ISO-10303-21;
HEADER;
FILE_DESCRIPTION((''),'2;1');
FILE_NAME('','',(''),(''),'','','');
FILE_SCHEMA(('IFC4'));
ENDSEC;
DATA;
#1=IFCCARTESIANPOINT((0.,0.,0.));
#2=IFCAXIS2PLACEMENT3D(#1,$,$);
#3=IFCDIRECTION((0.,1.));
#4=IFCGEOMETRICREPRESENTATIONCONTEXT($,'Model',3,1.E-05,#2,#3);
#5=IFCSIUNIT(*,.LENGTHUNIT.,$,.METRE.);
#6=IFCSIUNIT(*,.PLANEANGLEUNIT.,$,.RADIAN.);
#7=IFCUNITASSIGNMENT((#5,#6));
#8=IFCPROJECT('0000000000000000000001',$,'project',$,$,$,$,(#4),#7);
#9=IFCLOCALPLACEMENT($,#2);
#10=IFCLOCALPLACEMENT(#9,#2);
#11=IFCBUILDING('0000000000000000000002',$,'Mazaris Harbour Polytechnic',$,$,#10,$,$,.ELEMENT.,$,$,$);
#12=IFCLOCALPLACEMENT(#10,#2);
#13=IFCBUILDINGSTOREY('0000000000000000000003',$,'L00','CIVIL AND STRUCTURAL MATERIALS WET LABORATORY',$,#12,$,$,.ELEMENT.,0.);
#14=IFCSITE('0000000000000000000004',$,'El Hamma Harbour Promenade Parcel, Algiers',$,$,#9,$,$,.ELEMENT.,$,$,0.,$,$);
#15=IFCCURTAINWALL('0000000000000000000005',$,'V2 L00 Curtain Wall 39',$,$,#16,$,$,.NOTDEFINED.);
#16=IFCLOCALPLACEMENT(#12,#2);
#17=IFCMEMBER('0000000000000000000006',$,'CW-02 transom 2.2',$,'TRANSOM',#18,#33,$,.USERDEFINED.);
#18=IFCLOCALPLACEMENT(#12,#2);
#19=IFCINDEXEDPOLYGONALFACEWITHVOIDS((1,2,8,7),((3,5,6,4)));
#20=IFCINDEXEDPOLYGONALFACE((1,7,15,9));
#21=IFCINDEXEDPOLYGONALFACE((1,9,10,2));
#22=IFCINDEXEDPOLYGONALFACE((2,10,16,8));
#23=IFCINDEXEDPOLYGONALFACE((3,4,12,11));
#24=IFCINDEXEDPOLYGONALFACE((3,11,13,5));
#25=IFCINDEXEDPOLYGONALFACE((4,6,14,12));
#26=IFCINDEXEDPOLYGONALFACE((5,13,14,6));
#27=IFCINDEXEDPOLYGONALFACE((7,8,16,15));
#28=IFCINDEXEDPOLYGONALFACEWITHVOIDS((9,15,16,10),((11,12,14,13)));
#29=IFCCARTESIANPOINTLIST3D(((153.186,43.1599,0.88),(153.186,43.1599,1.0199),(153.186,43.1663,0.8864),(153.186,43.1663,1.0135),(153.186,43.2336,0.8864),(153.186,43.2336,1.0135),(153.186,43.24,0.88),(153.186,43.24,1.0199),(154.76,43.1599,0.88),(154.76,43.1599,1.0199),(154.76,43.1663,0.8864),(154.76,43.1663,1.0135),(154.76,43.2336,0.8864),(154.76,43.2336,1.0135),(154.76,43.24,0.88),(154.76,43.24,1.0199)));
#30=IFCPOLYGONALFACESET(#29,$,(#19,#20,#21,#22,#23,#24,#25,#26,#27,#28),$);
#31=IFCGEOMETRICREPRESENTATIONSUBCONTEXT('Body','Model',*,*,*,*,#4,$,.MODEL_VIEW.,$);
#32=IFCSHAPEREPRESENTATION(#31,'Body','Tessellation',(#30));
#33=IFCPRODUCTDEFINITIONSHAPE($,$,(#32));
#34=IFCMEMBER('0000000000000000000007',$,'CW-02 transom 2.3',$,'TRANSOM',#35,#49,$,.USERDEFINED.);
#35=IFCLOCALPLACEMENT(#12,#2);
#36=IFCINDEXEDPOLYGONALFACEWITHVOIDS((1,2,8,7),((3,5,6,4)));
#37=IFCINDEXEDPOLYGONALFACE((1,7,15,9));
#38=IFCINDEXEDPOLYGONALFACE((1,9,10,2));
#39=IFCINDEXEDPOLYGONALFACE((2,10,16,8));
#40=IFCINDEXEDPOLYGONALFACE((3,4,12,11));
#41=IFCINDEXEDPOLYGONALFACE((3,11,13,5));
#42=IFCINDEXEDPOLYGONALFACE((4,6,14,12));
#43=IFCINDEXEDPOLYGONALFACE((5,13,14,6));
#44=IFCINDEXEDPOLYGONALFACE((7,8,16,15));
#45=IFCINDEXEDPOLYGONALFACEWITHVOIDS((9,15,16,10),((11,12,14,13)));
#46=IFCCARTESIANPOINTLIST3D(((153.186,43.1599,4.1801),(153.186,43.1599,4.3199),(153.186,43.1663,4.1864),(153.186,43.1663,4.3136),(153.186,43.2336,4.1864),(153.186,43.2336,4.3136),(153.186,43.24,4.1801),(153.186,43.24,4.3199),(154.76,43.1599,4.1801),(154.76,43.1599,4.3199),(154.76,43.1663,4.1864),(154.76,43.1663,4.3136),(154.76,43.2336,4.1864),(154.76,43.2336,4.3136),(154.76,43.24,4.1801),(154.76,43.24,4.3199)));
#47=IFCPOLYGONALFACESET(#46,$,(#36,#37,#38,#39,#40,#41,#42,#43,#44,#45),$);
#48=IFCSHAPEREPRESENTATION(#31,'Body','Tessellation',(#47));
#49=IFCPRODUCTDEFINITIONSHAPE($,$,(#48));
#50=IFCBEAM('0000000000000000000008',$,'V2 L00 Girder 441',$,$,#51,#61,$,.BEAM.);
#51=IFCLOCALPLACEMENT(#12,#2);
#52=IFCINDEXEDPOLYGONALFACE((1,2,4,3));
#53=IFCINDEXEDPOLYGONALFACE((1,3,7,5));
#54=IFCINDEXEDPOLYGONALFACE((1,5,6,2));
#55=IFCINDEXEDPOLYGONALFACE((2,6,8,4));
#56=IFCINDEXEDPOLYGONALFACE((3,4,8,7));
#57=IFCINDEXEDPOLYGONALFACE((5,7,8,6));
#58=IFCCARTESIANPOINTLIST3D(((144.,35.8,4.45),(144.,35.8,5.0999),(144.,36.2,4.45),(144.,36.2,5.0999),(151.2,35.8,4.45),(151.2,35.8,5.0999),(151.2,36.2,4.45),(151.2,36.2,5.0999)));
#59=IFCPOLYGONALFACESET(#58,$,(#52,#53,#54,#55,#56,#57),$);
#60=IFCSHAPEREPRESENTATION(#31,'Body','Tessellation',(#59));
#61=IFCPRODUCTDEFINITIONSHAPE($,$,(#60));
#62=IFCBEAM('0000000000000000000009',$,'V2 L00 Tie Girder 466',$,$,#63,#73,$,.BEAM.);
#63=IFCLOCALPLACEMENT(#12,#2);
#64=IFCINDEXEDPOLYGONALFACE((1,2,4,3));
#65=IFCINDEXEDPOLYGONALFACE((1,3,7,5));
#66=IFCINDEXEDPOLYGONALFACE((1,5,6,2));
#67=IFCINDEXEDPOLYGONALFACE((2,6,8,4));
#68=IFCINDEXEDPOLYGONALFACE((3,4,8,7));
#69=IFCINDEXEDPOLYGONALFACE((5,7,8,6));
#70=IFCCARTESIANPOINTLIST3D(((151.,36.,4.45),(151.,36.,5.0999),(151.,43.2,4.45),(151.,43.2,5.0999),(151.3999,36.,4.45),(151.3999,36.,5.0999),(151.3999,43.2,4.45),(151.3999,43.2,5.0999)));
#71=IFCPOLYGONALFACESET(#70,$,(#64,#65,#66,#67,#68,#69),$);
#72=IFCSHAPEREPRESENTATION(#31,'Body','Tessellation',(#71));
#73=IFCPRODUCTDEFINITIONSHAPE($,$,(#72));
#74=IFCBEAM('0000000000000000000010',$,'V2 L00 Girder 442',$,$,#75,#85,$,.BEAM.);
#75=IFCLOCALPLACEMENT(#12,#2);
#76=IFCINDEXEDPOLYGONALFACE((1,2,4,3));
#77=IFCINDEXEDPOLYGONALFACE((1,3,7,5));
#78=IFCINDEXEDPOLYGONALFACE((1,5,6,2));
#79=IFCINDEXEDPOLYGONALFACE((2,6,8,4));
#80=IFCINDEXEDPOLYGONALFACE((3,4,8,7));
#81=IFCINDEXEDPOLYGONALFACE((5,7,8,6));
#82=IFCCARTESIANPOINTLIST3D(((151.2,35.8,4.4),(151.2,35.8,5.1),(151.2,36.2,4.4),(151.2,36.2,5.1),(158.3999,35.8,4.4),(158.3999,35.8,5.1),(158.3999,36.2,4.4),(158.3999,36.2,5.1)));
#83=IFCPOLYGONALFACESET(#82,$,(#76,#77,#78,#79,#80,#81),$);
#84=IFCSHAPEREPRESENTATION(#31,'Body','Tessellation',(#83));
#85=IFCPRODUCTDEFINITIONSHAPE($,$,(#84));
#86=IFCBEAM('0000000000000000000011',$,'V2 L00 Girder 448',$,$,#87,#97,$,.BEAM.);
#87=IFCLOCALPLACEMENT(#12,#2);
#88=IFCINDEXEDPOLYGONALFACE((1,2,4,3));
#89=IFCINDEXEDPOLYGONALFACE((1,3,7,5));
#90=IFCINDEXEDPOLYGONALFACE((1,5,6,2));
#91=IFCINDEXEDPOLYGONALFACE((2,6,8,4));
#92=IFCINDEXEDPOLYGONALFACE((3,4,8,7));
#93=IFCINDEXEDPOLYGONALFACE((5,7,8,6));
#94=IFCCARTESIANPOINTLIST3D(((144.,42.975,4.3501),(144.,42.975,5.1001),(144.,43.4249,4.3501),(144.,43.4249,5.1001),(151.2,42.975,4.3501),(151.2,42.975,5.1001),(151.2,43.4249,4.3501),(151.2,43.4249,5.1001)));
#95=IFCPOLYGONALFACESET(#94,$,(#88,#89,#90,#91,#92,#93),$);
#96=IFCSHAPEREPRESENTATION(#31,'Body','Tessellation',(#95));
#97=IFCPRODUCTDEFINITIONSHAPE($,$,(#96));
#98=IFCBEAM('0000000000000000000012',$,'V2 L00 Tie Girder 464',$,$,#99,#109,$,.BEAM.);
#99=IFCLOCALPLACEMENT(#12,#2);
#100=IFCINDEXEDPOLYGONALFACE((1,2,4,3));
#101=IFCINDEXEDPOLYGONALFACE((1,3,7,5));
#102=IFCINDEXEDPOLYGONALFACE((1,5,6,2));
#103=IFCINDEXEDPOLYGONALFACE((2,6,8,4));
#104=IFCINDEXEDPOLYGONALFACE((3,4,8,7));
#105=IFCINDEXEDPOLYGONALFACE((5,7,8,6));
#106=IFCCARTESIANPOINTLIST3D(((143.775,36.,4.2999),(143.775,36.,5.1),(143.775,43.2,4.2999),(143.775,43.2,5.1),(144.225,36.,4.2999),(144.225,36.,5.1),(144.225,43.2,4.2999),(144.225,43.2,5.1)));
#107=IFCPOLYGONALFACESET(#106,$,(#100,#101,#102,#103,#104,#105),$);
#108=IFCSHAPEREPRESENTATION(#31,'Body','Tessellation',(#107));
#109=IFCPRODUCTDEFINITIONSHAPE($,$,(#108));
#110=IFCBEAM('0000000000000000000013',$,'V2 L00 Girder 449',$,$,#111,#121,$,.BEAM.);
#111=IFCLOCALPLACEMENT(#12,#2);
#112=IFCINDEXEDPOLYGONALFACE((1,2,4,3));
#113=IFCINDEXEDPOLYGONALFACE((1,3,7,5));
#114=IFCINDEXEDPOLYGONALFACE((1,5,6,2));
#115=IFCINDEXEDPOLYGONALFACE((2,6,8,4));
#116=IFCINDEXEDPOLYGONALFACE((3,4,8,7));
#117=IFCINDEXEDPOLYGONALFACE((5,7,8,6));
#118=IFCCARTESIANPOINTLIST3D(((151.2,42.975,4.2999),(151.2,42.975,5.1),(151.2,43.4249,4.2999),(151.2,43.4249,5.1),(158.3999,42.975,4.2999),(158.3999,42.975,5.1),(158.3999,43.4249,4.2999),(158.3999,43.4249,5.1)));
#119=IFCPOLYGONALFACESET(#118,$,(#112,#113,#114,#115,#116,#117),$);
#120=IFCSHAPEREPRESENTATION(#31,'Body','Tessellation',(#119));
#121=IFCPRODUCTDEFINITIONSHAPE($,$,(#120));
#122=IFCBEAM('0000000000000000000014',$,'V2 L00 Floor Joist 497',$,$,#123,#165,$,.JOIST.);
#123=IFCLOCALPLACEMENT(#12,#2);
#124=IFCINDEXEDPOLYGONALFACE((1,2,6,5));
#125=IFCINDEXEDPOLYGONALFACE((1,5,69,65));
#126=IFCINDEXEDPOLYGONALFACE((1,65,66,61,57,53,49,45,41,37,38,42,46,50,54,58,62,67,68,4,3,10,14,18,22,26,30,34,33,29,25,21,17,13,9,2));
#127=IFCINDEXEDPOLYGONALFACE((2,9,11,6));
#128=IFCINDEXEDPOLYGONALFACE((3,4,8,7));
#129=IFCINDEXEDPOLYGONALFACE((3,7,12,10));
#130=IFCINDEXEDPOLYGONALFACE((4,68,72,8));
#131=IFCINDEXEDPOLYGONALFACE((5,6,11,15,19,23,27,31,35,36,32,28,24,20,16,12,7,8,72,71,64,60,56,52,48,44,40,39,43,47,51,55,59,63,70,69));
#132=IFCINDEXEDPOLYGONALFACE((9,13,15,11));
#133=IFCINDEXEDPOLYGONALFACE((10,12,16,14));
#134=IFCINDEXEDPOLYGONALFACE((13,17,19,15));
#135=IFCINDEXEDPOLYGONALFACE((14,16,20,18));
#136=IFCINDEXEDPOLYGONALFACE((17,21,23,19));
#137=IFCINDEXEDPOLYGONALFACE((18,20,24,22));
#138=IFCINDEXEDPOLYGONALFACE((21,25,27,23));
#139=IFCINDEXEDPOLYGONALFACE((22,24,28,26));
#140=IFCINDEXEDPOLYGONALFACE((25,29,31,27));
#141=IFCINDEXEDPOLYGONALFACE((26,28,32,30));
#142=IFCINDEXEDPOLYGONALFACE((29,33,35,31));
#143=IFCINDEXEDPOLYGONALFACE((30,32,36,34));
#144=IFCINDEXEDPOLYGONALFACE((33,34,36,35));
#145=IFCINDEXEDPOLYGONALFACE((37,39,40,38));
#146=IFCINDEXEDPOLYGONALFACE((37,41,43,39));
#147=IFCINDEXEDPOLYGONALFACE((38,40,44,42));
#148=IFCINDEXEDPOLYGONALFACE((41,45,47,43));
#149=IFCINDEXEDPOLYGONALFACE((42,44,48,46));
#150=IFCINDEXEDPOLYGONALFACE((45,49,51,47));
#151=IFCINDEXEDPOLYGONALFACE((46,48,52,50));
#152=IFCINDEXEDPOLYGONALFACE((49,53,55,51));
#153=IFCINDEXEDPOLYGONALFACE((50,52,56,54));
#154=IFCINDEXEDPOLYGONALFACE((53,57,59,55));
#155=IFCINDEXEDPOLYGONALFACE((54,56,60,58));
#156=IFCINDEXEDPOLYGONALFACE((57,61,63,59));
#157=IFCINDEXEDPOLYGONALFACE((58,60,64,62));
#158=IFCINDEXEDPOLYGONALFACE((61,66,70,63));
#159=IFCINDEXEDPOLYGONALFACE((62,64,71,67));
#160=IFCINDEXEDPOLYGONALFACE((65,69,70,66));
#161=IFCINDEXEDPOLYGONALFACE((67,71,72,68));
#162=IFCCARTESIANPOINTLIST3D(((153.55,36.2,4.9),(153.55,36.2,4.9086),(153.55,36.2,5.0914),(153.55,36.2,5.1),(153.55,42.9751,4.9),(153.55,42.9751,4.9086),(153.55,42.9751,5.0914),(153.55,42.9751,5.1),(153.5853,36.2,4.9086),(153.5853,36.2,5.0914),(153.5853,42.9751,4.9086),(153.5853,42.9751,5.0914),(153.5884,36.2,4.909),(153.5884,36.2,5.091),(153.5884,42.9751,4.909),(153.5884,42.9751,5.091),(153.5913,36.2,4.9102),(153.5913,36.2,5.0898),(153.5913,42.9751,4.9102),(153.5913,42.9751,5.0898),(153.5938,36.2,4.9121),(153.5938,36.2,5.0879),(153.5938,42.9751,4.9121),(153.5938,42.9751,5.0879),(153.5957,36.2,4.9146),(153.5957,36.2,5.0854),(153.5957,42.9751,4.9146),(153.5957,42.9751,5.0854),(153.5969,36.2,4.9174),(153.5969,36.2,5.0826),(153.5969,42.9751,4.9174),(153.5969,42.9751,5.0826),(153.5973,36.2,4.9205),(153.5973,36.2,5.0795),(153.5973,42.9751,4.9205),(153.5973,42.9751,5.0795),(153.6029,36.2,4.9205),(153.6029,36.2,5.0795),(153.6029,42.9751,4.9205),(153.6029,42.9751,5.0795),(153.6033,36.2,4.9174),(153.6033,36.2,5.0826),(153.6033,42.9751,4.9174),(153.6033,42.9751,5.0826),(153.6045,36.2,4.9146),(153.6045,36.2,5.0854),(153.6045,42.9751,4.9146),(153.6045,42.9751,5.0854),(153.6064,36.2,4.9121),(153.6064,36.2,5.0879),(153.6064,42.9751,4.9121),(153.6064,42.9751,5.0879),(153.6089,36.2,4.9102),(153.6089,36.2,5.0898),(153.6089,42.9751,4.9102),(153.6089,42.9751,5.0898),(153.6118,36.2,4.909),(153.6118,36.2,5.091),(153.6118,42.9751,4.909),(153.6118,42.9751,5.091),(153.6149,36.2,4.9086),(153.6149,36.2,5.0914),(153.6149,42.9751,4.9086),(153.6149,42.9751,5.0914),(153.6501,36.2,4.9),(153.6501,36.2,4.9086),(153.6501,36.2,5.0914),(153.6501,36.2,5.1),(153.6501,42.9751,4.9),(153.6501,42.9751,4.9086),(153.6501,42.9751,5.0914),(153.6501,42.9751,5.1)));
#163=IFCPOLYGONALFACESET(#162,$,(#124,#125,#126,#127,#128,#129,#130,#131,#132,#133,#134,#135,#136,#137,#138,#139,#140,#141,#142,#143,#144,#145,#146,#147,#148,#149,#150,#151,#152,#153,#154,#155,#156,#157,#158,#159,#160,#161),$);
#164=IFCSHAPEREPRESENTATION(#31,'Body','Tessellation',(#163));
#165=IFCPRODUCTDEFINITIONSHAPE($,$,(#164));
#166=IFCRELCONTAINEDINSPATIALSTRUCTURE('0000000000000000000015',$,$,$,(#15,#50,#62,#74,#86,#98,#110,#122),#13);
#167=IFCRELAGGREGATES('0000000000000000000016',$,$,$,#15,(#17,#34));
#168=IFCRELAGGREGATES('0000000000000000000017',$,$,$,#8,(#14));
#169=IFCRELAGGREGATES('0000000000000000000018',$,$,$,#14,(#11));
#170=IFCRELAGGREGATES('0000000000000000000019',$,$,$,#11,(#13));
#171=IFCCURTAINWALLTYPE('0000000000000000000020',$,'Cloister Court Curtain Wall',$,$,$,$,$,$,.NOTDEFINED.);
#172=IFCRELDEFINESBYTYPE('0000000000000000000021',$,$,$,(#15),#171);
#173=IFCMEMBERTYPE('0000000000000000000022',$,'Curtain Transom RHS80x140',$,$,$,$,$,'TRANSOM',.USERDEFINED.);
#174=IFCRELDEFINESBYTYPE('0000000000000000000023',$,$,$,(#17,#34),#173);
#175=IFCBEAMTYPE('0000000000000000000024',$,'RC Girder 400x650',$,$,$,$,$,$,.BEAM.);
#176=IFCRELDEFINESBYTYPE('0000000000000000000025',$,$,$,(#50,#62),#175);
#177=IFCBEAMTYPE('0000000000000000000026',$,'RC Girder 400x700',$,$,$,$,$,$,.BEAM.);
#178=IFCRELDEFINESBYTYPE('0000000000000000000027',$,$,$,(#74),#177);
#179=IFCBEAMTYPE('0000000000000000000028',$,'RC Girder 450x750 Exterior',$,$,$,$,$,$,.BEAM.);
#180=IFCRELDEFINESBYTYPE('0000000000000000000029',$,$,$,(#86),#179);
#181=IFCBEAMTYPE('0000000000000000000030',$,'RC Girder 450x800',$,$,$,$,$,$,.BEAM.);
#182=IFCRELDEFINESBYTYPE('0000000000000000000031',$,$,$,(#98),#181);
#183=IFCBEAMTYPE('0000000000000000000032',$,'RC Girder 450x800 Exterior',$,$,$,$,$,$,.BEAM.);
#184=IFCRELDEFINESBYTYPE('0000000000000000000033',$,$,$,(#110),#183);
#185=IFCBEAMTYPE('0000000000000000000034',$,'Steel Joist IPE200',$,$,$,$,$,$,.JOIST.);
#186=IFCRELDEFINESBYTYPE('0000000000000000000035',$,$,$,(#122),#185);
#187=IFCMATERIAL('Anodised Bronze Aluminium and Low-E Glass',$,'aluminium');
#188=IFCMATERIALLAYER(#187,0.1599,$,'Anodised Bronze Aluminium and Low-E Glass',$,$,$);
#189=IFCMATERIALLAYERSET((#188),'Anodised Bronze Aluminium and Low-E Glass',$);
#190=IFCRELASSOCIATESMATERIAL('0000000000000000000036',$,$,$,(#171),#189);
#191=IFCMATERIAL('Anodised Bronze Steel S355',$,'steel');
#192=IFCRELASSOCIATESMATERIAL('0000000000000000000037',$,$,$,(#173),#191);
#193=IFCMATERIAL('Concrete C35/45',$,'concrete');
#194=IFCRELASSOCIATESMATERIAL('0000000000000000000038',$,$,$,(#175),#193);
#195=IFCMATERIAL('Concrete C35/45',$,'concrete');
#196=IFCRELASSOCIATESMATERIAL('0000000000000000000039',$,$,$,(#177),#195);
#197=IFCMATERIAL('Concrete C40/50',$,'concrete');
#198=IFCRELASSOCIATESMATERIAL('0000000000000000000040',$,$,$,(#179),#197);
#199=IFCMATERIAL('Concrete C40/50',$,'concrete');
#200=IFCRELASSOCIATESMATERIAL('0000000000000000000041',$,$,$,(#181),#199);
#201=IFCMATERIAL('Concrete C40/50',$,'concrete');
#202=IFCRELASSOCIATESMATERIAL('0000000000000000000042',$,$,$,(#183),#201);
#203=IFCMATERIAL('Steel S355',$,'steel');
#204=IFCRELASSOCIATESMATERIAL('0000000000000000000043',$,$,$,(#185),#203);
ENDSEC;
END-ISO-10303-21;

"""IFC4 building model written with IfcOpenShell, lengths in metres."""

from ifc_helpers import new_model, si_unit, direction, frame, origin, origin_2d, place, context, subcontext, project, spatial, rectangle, hollow_rectangle, i_section, extrude, material, layer, layer_set, material_profile, profile_set, type_object, element, aggregate, save


model = new_model("IFC4")

# Units and contexts
model_context = context("Model", 3, precision=1e-05, world=origin(), true_north=direction((0.0, 1.0)))
body_context = subcontext(model_context, "Body", "Model", "MODEL_VIEW")
ifc_project = project(units=[si_unit("LENGTHUNIT", "METRE"), si_unit("PLANEANGLEUNIT", "RADIAN")], contexts=[model_context])

# Site, building, storey
site_placement = place(None, origin())
site = spatial("IfcSite", under=ifc_project, at=site_placement, Name="El Hamma Harbour Promenade Parcel, Algiers", CompositionType="ELEMENT", RefElevation=0.0)
building_placement = place(site_placement, origin())
building = spatial("IfcBuilding", under=site, at=building_placement, Name="Mazaris Harbour Polytechnic", CompositionType="ELEMENT")
storey_placement = place(building_placement, origin())
storey = spatial("IfcBuildingStorey", under=building, at=storey_placement, Name="L00", Description="CIVIL AND STRUCTURAL MATERIALS WET LABORATORY", CompositionType="ELEMENT", Elevation=0.0)

# Shared definitions
ifc_material_1 = material(Name="Anodised Bronze Aluminium and Low-E Glass", Category="aluminium")
ifc_layer_1 = layer(ifc_material_1, 0.1599, Name="Anodised Bronze Aluminium and Low-E Glass")
ifc_layer_set_1 = layer_set([ifc_layer_1], Name="Anodised Bronze Aluminium and Low-E Glass")
curtain_wall_type = type_object("IfcCurtainWallType", Name="Cloister Court Curtain Wall", PredefinedType="NOTDEFINED", material=ifc_layer_set_1)

# Curtain wall, members
curtain_wall_1_placement = place(storey_placement, origin())
curtain_wall_1 = element("IfcCurtainWall", 1, at=curtain_wall_1_placement, inside=storey, type_object=curtain_wall_type, Name="V2 L00 Curtain Wall 39", PredefinedType="NOTDEFINED")
ifc_material_2 = material(Name="Anodised Bronze Steel S355", Category="steel")
ifc_material_profile_1 = material_profile(ifc_material_2, hollow_rectangle(XDim=0.0801, YDim=0.1399, WallThickness=0.0063, at=origin_2d()), Name="RHS 80x140x6.3")
ifc_profile_set_1 = profile_set([ifc_material_profile_1], Name="Anodised Bronze Steel S355")
member_type_1 = type_object("IfcMemberType", Name="Curtain Transom RHS80x140", ElementType="TRANSOM", PredefinedType="USERDEFINED", material=ifc_profile_set_1)
member_1_placement = place(storey_placement, frame((153.186, 43.2, 0.95), z_axis=(1.0, 0.0, 0.0), x_axis=(0.0, 1.0, 0.0)))
member_1 = element("IfcMember", 2, at=member_1_placement, type_object=member_type_1, Name="CW-02 transom 2.2", ObjectType="TRANSOM", PredefinedType="USERDEFINED", context=body_context, shape_type="SweptSolid", body=[
    extrude(hollow_rectangle(XDim=0.0801, YDim=0.1399, WallThickness=0.0063, at=origin_2d()), origin(), (0.0, 0.0, 1.0), 1.574),
])
member_2_placement = place(storey_placement, frame((153.186, 43.2, 4.25), z_axis=(1.0, 0.0, 0.0), x_axis=(0.0, 1.0, 0.0)))
member_2 = element("IfcMember", 3, at=member_2_placement, type_object=member_type_1, Name="CW-02 transom 2.3", ObjectType="TRANSOM", PredefinedType="USERDEFINED", context=body_context, shape_type="SweptSolid", body=[
    extrude(hollow_rectangle(XDim=0.0801, YDim=0.1399, WallThickness=0.0063, at=origin_2d()), origin(), (0.0, 0.0, 1.0), 1.574),
])

# Beams
ifc_material_3 = material(Name="Concrete C35/45", Category="concrete")
ifc_material_profile_2 = material_profile(ifc_material_3, rectangle(XDim=0.3999, YDim=0.6499, at=origin_2d()), Name="RECT400x650")
ifc_profile_set_2 = profile_set([ifc_material_profile_2], Name="Concrete C35/45")
beam_type_1 = type_object("IfcBeamType", Name="RC Girder 400x650", PredefinedType="BEAM", material=ifc_profile_set_2)
for number, where, z_axis, x_axis, name in (
    (4, (144.0, 36.0, 4.7749), (1.0, 0.0, 0.0), (0.0, 1.0, 0.0), "V2 L00 Girder 441"),
    (5, (151.2, 36.0, 4.7749), (0.0, 1.0, 0.0), (-1.0, 0.0, 0.0), "V2 L00 Tie Girder 466"),
):
    element("IfcBeam", number, at=place(storey_placement, frame(where, z_axis=z_axis, x_axis=x_axis)), inside=storey, type_object=beam_type_1, Name=name, PredefinedType="BEAM", context=body_context, shape_type="SweptSolid", body=[
        extrude(rectangle(XDim=0.3999, YDim=0.6499, at=origin_2d()), origin(), (0.0, 0.0, 1.0), 7.2),
    ])
ifc_material_4 = material(Name="Concrete C35/45", Category="concrete")
ifc_material_profile_3 = material_profile(ifc_material_4, rectangle(XDim=0.3999, YDim=0.7, at=origin_2d()), Name="RECT400x700")
ifc_profile_set_3 = profile_set([ifc_material_profile_3], Name="Concrete C35/45")
beam_type_2 = type_object("IfcBeamType", Name="RC Girder 400x700", PredefinedType="BEAM", material=ifc_profile_set_3)
beam_1_placement = place(storey_placement, frame((151.2, 36.0, 4.75), z_axis=(1.0, 0.0, 0.0), x_axis=(0.0, 1.0, 0.0)))
element("IfcBeam", 6, at=beam_1_placement, inside=storey, type_object=beam_type_2, Name="V2 L00 Girder 442", PredefinedType="BEAM", context=body_context, shape_type="SweptSolid", body=[
    extrude(rectangle(XDim=0.3999, YDim=0.7, at=origin_2d()), origin(), (0.0, 0.0, 1.0), 7.2),
])
ifc_material_5 = material(Name="Concrete C40/50", Category="concrete")
ifc_material_profile_4 = material_profile(ifc_material_5, rectangle(XDim=0.45, YDim=0.75, at=origin_2d()), Name="RECT450x750")
ifc_profile_set_4 = profile_set([ifc_material_profile_4], Name="Concrete C40/50")
beam_type_3 = type_object("IfcBeamType", Name="RC Girder 450x750 Exterior", PredefinedType="BEAM", material=ifc_profile_set_4)
beam_2_placement = place(storey_placement, frame((144.0, 43.2, 4.7251), z_axis=(1.0, 0.0, 0.0), x_axis=(0.0, 1.0, 0.0)))
element("IfcBeam", 7, at=beam_2_placement, inside=storey, type_object=beam_type_3, Name="V2 L00 Girder 448", PredefinedType="BEAM", context=body_context, shape_type="SweptSolid", body=[
    extrude(rectangle(XDim=0.45, YDim=0.75, at=origin_2d()), origin(), (0.0, 0.0, 1.0), 7.2),
])
ifc_material_6 = material(Name="Concrete C40/50", Category="concrete")
ifc_material_profile_5 = material_profile(ifc_material_6, rectangle(XDim=0.45, YDim=0.8, at=origin_2d()), Name="RECT450x800")
ifc_profile_set_5 = profile_set([ifc_material_profile_5], Name="Concrete C40/50")
beam_type_4 = type_object("IfcBeamType", Name="RC Girder 450x800", PredefinedType="BEAM", material=ifc_profile_set_5)
beam_3_placement = place(storey_placement, frame((144.0, 36.0, 4.7), z_axis=(0.0, 1.0, 0.0), x_axis=(-1.0, 0.0, 0.0)))
element("IfcBeam", 8, at=beam_3_placement, inside=storey, type_object=beam_type_4, Name="V2 L00 Tie Girder 464", PredefinedType="BEAM", context=body_context, shape_type="SweptSolid", body=[
    extrude(rectangle(XDim=0.45, YDim=0.8, at=origin_2d()), origin(), (0.0, 0.0, 1.0), 7.2),
])
ifc_material_7 = material(Name="Concrete C40/50", Category="concrete")
ifc_material_profile_6 = material_profile(ifc_material_7, rectangle(XDim=0.45, YDim=0.8, at=origin_2d()), Name="RECT450x800")
ifc_profile_set_6 = profile_set([ifc_material_profile_6], Name="Concrete C40/50")
beam_type_5 = type_object("IfcBeamType", Name="RC Girder 450x800 Exterior", PredefinedType="BEAM", material=ifc_profile_set_6)
beam_4_placement = place(storey_placement, frame((151.2, 43.2, 4.7), z_axis=(1.0, 0.0, 0.0), x_axis=(0.0, 1.0, 0.0)))
element("IfcBeam", 9, at=beam_4_placement, inside=storey, type_object=beam_type_5, Name="V2 L00 Girder 449", PredefinedType="BEAM", context=body_context, shape_type="SweptSolid", body=[
    extrude(rectangle(XDim=0.45, YDim=0.8, at=origin_2d()), origin(), (0.0, 0.0, 1.0), 7.2),
])
ifc_material_8 = material(Name="Steel S355", Category="steel")
ifc_material_profile_7 = material_profile(ifc_material_8, i_section(OverallWidth=0.1001, OverallDepth=0.2, WebThickness=0.0056, FlangeThickness=0.0085, FilletRadius=0.012, at=origin_2d()), Name="IPE 200")
ifc_profile_set_7 = profile_set([ifc_material_profile_7], Name="Steel S355")
beam_type_6 = type_object("IfcBeamType", Name="Steel Joist IPE200", PredefinedType="JOIST", material=ifc_profile_set_7)
beam_5_placement = place(storey_placement, frame((153.6001, 36.2, 5.0), z_axis=(0.0, 1.0, 0.0), x_axis=(-1.0, 0.0, 0.0)))
element("IfcBeam", 10, at=beam_5_placement, inside=storey, type_object=beam_type_6, Name="V2 L00 Floor Joist 497", PredefinedType="JOIST", context=body_context, shape_type="SweptSolid", body=[
    extrude(i_section(OverallWidth=0.1001, OverallDepth=0.2, WebThickness=0.0056, FlangeThickness=0.0085, FilletRadius=0.012, at=origin_2d()), origin(), (0.0, 0.0, 1.0), 6.7751),
])

aggregate(curtain_wall_1, [member_1, member_2])

save(model, "model.ifc")
